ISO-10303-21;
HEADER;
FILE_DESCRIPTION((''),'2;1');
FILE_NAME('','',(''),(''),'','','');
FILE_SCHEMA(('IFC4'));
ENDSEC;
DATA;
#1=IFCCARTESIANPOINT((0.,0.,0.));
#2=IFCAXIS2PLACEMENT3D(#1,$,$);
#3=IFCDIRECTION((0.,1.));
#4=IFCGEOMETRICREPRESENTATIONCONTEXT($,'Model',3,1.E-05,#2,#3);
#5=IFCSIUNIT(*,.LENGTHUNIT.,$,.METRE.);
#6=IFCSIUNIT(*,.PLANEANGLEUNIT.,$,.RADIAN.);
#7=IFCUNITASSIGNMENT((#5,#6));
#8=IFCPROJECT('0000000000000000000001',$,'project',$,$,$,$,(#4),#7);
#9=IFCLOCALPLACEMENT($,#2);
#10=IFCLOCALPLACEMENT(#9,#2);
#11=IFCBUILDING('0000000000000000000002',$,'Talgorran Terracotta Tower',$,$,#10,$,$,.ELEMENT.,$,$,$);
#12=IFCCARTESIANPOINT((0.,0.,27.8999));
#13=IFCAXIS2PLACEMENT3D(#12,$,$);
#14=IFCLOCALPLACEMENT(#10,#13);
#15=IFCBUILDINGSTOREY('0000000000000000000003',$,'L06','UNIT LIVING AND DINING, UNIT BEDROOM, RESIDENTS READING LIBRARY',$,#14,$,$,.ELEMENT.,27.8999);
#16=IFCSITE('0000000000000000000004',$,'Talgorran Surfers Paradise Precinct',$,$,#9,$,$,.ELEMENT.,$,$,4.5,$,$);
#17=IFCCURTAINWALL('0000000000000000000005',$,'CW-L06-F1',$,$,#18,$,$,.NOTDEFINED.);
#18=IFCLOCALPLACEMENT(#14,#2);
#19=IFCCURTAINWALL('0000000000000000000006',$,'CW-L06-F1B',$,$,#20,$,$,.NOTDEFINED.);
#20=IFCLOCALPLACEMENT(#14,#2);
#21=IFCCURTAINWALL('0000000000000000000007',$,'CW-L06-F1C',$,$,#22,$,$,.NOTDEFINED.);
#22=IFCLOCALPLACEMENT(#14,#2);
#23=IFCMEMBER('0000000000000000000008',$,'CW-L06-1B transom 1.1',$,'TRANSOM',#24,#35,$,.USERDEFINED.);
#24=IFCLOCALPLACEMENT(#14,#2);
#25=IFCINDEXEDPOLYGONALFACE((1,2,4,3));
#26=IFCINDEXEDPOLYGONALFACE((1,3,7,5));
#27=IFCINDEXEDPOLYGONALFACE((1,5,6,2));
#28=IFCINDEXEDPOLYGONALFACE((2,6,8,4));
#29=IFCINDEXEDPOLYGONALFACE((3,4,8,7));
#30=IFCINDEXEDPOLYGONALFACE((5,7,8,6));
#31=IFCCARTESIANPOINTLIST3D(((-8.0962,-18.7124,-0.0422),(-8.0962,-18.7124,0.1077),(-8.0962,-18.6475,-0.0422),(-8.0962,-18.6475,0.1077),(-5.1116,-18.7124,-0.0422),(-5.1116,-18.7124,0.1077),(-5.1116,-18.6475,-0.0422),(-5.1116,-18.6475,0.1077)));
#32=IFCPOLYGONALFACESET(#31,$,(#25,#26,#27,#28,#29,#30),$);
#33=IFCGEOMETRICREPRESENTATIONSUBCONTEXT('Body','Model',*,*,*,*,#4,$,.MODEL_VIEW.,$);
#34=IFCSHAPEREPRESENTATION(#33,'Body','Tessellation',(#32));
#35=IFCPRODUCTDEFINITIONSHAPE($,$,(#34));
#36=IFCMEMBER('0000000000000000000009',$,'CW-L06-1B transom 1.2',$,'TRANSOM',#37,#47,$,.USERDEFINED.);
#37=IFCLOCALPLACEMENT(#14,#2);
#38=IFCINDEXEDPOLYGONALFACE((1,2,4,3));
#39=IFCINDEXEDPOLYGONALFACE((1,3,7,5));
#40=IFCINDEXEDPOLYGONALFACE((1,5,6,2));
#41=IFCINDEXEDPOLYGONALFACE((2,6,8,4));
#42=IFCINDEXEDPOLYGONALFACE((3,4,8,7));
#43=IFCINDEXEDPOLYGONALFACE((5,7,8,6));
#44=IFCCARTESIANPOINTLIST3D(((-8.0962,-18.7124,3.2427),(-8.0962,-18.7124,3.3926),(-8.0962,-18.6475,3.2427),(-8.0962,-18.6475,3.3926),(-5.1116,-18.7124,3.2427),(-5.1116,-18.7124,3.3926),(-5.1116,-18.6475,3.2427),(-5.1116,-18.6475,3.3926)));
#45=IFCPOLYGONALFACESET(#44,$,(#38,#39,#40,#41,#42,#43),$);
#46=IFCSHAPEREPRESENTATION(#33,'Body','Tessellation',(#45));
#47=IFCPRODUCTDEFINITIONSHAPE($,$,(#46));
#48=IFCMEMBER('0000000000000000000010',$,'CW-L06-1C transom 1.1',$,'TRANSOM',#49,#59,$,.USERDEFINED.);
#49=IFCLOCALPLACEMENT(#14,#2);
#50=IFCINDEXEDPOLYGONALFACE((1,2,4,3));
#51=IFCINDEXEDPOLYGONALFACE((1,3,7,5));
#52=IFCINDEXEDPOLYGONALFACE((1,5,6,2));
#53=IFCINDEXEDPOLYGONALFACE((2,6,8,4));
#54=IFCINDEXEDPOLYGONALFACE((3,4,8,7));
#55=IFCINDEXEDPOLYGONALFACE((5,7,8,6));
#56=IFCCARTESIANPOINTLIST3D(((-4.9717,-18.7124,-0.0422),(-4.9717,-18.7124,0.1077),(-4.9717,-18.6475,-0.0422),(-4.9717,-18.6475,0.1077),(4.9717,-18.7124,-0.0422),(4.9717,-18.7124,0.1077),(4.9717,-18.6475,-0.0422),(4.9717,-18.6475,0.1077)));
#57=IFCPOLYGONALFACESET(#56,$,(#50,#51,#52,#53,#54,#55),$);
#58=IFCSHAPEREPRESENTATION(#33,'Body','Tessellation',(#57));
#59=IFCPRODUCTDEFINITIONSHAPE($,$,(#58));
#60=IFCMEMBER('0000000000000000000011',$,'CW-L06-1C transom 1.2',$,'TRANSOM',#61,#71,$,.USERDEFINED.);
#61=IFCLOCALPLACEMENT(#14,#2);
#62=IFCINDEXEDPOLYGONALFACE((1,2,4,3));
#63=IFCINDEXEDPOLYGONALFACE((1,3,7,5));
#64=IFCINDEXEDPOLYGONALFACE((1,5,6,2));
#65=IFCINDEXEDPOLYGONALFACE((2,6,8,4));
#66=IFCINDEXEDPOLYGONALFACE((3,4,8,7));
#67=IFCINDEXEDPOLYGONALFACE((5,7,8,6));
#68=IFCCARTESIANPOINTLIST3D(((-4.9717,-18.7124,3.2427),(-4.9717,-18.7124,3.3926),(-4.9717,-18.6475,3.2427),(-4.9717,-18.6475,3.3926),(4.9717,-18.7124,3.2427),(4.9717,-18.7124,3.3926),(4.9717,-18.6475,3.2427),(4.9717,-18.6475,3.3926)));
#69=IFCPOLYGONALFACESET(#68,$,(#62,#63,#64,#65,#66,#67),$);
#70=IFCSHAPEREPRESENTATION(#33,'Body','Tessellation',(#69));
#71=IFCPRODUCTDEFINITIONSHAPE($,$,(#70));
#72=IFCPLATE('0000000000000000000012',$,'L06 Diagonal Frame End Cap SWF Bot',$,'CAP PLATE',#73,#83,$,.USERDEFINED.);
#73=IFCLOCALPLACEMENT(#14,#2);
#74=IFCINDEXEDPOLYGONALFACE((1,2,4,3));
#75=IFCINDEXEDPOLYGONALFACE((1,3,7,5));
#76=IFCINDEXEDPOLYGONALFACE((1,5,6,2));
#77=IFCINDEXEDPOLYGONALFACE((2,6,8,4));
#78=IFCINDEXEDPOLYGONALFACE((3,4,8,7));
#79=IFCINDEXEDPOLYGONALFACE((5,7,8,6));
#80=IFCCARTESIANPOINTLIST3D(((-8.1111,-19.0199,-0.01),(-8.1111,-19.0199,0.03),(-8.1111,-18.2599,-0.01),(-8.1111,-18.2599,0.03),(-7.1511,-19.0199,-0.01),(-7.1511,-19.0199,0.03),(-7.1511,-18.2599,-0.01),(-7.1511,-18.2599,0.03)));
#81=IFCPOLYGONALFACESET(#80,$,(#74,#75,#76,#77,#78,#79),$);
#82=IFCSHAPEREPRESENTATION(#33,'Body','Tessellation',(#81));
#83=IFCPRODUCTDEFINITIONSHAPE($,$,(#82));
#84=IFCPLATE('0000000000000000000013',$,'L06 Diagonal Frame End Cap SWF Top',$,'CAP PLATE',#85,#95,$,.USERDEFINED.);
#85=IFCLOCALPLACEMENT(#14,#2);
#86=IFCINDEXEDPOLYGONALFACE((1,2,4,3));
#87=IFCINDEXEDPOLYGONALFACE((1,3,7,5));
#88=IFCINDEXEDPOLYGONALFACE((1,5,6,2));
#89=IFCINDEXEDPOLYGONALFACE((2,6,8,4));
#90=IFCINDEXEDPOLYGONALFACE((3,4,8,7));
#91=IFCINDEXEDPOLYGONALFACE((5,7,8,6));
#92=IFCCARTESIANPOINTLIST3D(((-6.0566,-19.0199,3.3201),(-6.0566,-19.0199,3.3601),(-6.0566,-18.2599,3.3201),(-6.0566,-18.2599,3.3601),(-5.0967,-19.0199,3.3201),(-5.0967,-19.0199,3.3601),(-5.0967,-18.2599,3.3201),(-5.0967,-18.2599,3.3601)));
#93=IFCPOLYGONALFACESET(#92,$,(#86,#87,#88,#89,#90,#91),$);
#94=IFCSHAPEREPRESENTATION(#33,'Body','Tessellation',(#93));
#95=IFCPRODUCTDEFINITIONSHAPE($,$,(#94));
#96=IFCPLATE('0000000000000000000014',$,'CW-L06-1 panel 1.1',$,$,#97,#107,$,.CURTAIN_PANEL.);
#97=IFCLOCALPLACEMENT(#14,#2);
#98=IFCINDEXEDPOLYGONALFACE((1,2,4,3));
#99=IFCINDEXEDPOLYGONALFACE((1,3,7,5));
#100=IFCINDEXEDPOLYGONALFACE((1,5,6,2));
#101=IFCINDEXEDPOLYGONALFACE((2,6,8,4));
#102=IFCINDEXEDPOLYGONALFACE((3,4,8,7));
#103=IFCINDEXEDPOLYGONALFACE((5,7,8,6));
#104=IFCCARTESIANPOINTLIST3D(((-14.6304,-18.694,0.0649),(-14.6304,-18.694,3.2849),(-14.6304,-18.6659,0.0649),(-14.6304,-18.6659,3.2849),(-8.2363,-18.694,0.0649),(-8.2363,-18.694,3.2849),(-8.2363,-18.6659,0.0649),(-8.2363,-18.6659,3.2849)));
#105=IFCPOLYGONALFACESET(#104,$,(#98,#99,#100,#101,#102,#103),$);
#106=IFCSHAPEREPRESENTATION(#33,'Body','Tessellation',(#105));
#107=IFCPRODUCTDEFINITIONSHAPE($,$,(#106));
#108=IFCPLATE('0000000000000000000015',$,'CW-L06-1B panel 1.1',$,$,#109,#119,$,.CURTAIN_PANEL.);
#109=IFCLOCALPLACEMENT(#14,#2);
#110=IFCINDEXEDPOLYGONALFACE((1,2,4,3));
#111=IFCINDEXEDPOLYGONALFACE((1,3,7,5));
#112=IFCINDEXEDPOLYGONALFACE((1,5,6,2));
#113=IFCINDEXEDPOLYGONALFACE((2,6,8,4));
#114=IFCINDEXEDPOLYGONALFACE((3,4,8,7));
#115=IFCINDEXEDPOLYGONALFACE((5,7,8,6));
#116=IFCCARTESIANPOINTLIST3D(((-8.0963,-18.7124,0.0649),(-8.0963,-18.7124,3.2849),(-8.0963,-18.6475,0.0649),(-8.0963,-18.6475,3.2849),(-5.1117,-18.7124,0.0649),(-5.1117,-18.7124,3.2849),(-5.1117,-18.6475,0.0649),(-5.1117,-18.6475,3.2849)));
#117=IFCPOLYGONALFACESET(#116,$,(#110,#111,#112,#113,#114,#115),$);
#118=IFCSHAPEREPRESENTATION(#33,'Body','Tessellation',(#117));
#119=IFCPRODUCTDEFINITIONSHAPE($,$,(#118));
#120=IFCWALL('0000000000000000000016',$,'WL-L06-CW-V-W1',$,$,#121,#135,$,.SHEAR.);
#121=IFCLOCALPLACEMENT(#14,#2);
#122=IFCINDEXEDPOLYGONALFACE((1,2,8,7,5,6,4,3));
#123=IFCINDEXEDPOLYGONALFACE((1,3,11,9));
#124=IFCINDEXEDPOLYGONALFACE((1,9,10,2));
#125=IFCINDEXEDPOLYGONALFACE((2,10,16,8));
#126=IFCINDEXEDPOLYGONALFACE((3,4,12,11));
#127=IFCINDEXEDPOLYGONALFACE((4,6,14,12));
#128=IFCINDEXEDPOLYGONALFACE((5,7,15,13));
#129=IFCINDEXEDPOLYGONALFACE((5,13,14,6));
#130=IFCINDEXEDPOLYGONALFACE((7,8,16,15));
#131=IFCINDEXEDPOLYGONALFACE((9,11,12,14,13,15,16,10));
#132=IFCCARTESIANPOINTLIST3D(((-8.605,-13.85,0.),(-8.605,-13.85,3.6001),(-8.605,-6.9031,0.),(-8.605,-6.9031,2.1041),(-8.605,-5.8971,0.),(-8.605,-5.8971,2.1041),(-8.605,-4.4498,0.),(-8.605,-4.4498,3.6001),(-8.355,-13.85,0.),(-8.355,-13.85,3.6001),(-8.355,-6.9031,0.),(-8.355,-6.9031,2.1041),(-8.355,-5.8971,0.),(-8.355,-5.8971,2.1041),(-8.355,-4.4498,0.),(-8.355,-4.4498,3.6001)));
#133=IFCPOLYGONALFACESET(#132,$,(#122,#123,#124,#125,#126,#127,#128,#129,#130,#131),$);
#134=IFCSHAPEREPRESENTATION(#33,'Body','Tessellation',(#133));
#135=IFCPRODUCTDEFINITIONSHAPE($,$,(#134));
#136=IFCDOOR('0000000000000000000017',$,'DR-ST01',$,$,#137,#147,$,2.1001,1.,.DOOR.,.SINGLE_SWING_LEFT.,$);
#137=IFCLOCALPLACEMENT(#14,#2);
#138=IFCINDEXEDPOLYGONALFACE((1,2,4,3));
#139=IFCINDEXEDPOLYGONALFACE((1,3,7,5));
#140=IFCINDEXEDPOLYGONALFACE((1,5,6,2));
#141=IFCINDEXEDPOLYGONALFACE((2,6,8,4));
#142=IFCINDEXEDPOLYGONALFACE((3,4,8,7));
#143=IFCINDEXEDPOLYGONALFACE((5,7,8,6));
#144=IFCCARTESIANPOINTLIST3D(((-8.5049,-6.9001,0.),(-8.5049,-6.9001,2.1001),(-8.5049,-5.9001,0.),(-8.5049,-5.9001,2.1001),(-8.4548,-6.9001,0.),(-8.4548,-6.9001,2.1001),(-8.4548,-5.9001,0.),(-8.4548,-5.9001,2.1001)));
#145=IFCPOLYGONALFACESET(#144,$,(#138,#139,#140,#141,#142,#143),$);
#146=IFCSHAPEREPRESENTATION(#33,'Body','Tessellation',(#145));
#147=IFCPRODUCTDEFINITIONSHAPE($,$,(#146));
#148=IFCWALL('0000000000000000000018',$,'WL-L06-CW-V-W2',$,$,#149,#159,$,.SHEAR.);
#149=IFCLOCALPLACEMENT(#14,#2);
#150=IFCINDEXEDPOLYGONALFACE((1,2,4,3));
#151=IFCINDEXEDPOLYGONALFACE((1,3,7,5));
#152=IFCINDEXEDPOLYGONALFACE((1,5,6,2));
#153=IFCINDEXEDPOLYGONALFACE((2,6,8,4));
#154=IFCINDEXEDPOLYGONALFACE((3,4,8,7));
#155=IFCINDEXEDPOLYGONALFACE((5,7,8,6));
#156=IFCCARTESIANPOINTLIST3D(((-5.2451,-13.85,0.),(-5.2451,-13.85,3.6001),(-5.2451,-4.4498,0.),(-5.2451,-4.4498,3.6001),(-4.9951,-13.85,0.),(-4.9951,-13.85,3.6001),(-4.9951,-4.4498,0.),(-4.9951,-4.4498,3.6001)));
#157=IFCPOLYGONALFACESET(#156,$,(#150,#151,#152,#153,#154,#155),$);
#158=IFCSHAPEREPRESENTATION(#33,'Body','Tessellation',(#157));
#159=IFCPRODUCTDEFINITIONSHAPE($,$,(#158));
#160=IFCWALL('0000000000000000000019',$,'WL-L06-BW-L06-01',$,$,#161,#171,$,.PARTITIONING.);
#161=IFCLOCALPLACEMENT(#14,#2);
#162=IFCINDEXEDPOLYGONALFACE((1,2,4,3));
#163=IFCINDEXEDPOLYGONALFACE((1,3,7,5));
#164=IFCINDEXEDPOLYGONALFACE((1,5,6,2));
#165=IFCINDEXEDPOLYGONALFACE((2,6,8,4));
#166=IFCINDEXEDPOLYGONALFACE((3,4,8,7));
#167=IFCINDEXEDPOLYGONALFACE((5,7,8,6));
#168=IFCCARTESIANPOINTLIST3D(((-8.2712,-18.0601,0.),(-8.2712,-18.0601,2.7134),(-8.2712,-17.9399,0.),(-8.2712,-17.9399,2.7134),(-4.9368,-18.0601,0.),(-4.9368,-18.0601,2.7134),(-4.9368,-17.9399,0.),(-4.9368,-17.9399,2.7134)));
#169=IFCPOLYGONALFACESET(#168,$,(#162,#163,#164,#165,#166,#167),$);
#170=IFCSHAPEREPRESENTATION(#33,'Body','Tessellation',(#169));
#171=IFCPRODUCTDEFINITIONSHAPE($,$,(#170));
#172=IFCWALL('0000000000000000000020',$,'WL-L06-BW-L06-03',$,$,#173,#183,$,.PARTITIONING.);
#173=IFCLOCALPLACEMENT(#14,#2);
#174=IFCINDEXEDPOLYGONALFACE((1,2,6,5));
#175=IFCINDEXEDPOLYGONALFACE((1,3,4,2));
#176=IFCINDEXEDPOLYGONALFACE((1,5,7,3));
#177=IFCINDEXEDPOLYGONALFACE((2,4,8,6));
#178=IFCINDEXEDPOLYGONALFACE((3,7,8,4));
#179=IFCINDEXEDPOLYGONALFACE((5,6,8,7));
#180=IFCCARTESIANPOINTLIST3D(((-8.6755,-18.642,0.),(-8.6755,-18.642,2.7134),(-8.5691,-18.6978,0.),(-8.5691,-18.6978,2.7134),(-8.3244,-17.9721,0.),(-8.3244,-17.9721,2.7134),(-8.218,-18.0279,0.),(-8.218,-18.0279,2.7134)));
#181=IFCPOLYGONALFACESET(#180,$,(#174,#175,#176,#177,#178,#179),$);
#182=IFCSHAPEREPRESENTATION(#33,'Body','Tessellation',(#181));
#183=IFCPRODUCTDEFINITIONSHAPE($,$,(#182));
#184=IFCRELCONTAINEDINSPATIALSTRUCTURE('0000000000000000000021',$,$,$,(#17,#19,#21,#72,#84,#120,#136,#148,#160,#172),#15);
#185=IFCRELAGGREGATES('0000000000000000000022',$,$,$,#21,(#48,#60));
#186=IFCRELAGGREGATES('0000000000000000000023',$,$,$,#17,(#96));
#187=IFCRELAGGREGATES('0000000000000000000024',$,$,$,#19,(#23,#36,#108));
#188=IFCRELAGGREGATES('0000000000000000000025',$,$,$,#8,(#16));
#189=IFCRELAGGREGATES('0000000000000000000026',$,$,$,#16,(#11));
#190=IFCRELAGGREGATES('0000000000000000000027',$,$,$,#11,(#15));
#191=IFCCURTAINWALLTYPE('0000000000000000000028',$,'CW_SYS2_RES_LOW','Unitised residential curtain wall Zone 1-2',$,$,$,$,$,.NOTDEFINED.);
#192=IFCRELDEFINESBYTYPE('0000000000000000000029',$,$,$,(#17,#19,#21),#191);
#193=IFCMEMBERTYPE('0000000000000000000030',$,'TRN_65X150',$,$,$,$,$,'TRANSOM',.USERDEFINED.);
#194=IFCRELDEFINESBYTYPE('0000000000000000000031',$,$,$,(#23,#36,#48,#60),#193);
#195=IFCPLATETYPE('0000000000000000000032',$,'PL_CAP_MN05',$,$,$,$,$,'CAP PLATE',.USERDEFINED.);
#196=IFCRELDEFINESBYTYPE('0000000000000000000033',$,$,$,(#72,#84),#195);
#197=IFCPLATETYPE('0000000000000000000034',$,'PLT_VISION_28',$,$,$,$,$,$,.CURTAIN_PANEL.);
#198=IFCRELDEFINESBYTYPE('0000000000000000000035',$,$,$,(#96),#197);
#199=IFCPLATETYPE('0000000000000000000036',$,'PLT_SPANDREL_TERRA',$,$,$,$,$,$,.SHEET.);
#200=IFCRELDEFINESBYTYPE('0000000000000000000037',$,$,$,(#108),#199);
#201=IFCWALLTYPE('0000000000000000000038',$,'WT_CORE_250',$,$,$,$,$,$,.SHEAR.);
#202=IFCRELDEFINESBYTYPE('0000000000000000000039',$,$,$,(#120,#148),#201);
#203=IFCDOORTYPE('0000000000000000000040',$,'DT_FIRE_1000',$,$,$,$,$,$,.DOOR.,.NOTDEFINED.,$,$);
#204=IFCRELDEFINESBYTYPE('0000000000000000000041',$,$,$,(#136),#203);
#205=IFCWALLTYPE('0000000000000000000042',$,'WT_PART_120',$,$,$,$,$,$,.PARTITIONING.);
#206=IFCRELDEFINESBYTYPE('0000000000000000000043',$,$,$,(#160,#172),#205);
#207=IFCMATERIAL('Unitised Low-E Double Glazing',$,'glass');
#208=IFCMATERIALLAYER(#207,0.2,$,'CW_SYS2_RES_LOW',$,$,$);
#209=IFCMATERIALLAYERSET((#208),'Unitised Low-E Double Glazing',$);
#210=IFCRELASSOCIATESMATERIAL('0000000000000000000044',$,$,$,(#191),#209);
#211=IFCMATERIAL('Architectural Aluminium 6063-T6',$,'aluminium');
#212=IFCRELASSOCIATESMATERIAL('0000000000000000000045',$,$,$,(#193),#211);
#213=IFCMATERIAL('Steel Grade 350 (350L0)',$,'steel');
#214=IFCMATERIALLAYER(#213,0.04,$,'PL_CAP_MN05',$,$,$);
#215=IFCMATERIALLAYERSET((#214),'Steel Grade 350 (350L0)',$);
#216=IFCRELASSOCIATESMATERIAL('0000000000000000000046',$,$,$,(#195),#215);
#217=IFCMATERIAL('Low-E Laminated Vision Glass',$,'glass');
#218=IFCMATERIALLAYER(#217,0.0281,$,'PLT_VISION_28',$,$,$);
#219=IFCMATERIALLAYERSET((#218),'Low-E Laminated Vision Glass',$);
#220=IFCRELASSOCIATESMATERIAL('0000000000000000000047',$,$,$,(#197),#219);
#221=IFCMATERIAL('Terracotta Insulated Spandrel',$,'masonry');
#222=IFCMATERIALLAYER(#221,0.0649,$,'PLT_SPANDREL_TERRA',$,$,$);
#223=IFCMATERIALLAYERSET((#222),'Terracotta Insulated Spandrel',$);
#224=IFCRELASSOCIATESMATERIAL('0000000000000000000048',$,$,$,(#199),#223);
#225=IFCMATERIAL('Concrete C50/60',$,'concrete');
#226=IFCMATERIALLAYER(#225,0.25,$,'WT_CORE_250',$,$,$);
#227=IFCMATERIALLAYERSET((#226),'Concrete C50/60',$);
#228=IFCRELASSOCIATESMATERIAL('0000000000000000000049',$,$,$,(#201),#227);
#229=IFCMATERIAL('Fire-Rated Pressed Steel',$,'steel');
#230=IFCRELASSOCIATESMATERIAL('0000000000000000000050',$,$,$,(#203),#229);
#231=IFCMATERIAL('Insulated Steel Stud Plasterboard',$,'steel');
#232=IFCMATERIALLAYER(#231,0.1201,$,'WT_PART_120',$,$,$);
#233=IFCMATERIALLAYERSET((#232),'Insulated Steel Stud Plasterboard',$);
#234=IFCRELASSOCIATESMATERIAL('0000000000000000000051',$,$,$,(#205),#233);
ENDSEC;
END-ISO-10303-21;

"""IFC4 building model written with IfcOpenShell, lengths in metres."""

from ifc_helpers import new_model, si_unit, direction, frame, frame_2d, origin, origin_2d, place, context, subcontext, project, spatial, rectangle, extrude, source, transform, mapped, material, layer, layer_set, material_profile, profile_set, type_object, type_shapes, element, fill, aggregate, save


model = new_model("IFC4")

# Units and contexts
model_context = context("Model", 3, precision=1e-05, world=origin(), true_north=direction((0.0, 1.0)))
body_context = subcontext(model_context, "Body", "Model", "MODEL_VIEW")
ifc_project = project(units=[si_unit("LENGTHUNIT", "METRE"), si_unit("PLANEANGLEUNIT", "RADIAN")], contexts=[model_context])

# Site, building, storey
site_placement = place(None, origin())
site = spatial("IfcSite", under=ifc_project, at=site_placement, Name="Talgorran Surfers Paradise Precinct", CompositionType="ELEMENT", RefElevation=4.5)
building_placement = place(site_placement, origin())
building = spatial("IfcBuilding", under=site, at=building_placement, Name="Talgorran Terracotta Tower", CompositionType="ELEMENT")
storey_placement = place(building_placement, frame((0.0, 0.0, 27.8999)))
storey = spatial("IfcBuildingStorey", under=building, at=storey_placement, Name="L06", Description="UNIT LIVING AND DINING, UNIT BEDROOM, RESIDENTS READING LIBRARY", CompositionType="ELEMENT", Elevation=27.8999)

# Shared definitions
ifc_material_1 = material(Name="Steel Grade 350 (350L0)", Category="steel")

# Curtain wall
ifc_material_2 = material(Name="Unitised Low-E Double Glazing", Category="glass")
ifc_layer_1 = layer(ifc_material_2, 0.2, Name="CW_SYS2_RES_LOW")
ifc_layer_set_1 = layer_set([ifc_layer_1], Name="Unitised Low-E Double Glazing")
curtain_wall_type = type_object("IfcCurtainWallType", Name="CW_SYS2_RES_LOW", Description="Unitised residential curtain wall Zone 1-2", PredefinedType="NOTDEFINED", material=ifc_layer_set_1)
curtain_wall_1_placement = place(storey_placement, origin())
curtain_wall_1 = element("IfcCurtainWall", 1, at=curtain_wall_1_placement, inside=storey, type_object=curtain_wall_type, Name="CW-L06-F1", PredefinedType="NOTDEFINED")
ifc_material_3 = material(Name="Architectural Aluminium 6063-T6", Category="aluminium")

# Curtain wall
curtain_wall_2_placement = place(storey_placement, origin())
curtain_wall_2 = element("IfcCurtainWall", 2, at=curtain_wall_2_placement, inside=storey, type_object=curtain_wall_type, Name="CW-L06-F1B", PredefinedType="NOTDEFINED")

# Curtain wall
curtain_wall_3_placement = place(storey_placement, origin())
curtain_wall_3 = element("IfcCurtainWall", 3, at=curtain_wall_3_placement, inside=storey, type_object=curtain_wall_type, Name="CW-L06-F1C", PredefinedType="NOTDEFINED")

# Members
ifc_material_profile_1 = material_profile(ifc_material_3, rectangle(XDim=0.0649, YDim=0.1499, at=origin_2d()), Name="CWT65X150")
ifc_profile_set_1 = profile_set([ifc_material_profile_1], Name="Architectural Aluminium 6063-T6")
member_type_1 = type_object("IfcMemberType", Name="TRN_65X150", ElementType="TRANSOM", PredefinedType="USERDEFINED", material=ifc_profile_set_1)
member_1_placement = place(storey_placement, frame((-8.0962, -18.6799, 0.0327), z_axis=(1.0, 0.0, 0.0), x_axis=(0.0, 1.0, 0.0)))
member_1 = element("IfcMember", 4, at=member_1_placement, type_object=member_type_1, Name="CW-L06-1B transom 1.1", ObjectType="TRANSOM", PredefinedType="USERDEFINED", context=body_context, shape_type="SweptSolid", body=[
    extrude(rectangle(XDim=0.0649, YDim=0.1499, at=origin_2d()), origin(), (0.0, 0.0, 1.0), 2.9846),
])
member_2_placement = place(storey_placement, frame((-8.0962, -18.6799, 3.3176), z_axis=(1.0, 0.0, 0.0), x_axis=(0.0, 1.0, 0.0)))
member_2 = element("IfcMember", 5, at=member_2_placement, type_object=member_type_1, Name="CW-L06-1B transom 1.2", ObjectType="TRANSOM", PredefinedType="USERDEFINED", context=body_context, shape_type="SweptSolid", body=[
    extrude(rectangle(XDim=0.0649, YDim=0.1499, at=origin_2d()), origin(), (0.0, 0.0, 1.0), 2.9846),
])
member_3_placement = place(storey_placement, frame((-4.9717, -18.6799, 0.0327), z_axis=(1.0, 0.0, 0.0), x_axis=(0.0, 1.0, 0.0)))
member_3 = element("IfcMember", 6, at=member_3_placement, type_object=member_type_1, Name="CW-L06-1C transom 1.1", ObjectType="TRANSOM", PredefinedType="USERDEFINED", context=body_context, shape_type="SweptSolid", body=[
    extrude(rectangle(XDim=0.0649, YDim=0.1499, at=origin_2d()), origin(), (0.0, 0.0, 1.0), 9.9434),
])
member_4_placement = place(storey_placement, frame((-4.9717, -18.6799, 3.3176), z_axis=(1.0, 0.0, 0.0), x_axis=(0.0, 1.0, 0.0)))
member_4 = element("IfcMember", 7, at=member_4_placement, type_object=member_type_1, Name="CW-L06-1C transom 1.2", ObjectType="TRANSOM", PredefinedType="USERDEFINED", context=body_context, shape_type="SweptSolid", body=[
    extrude(rectangle(XDim=0.0649, YDim=0.1499, at=origin_2d()), origin(), (0.0, 0.0, 1.0), 9.9434),
])
aggregate(curtain_wall_3, [member_3, member_4])

# Plates
ifc_layer_2 = layer(ifc_material_1, 0.04, Name="PL_CAP_MN05")
ifc_layer_set_2 = layer_set([ifc_layer_2], Name="Steel Grade 350 (350L0)")
plate_type_1 = type_object("IfcPlateType", Name="PL_CAP_MN05", ElementType="CAP PLATE", PredefinedType="USERDEFINED", material=ifc_layer_set_2)
for number, where, z_axis, x_axis, name in (
    (8, (-7.6311, -18.6399, -0.01), (0.0, 0.0, 1.0), (1.0, 0.0, 0.0), "L06 Diagonal Frame End Cap SWF Bot"),
    (9, (-5.5767, -18.6399, 3.3201), (0.0, 0.0, 1.0), (1.0, 0.0, 0.0), "L06 Diagonal Frame End Cap SWF Top"),
):
    element("IfcPlate", number, at=place(storey_placement, frame(where, z_axis=z_axis, x_axis=x_axis)), inside=storey, type_object=plate_type_1, Name=name, ObjectType="CAP PLATE", PredefinedType="USERDEFINED", context=body_context, shape_type="SweptSolid", body=[
        extrude(rectangle(XDim=0.96, YDim=0.76, at=origin_2d()), origin(), (0.0, 0.0, 1.0), 0.04),
    ])

# Plates
ifc_material_4 = material(Name="Low-E Laminated Vision Glass", Category="glass")
ifc_layer_3 = layer(ifc_material_4, 0.0281, Name="PLT_VISION_28")
ifc_layer_set_3 = layer_set([ifc_layer_3], Name="Low-E Laminated Vision Glass")
plate_type_2 = type_object("IfcPlateType", Name="PLT_VISION_28", PredefinedType="CURTAIN_PANEL", material=ifc_layer_set_3)
shared_shape_1 = source(origin(), body_context, "Body", "SweptSolid", [
    extrude(rectangle(XDim=6.394, YDim=0.0281, at=origin_2d()), origin(), (0.0, 0.0, 1.0), 3.22),
])
type_shapes(plate_type_2, [shared_shape_1])
plate_1_placement = place(storey_placement, frame((-11.4333, -18.6799, 0.0649), z_axis=(0.0, 0.0, 1.0), x_axis=(1.0, 0.0, 0.0)))
plate_1 = element("IfcPlate", 10, at=plate_1_placement, type_object=plate_type_2, Name="CW-L06-1 panel 1.1", PredefinedType="CURTAIN_PANEL", context=body_context, shape_type="MappedRepresentation", body=[
    mapped(shared_shape_1, transform((0.0, 0.0, 0.0), scale=1.0)),
])
aggregate(curtain_wall_1, [plate_1])
ifc_material_5 = material(Name="Terracotta Insulated Spandrel", Category="masonry")
ifc_layer_4 = layer(ifc_material_5, 0.0649, Name="PLT_SPANDREL_TERRA")
ifc_layer_set_4 = layer_set([ifc_layer_4], Name="Terracotta Insulated Spandrel")
plate_type_3 = type_object("IfcPlateType", Name="PLT_SPANDREL_TERRA", PredefinedType="SHEET", material=ifc_layer_set_4)
shared_shape_2 = source(origin(), body_context, "Body", "SweptSolid", [
    extrude(rectangle(XDim=2.9846, YDim=0.0649, at=origin_2d()), origin(), (0.0, 0.0, 1.0), 3.22),
])
type_shapes(plate_type_3, [shared_shape_2])
plate_2_placement = place(storey_placement, frame((-6.604, -18.6799, 0.0649), z_axis=(0.0, 0.0, 1.0), x_axis=(1.0, 0.0, 0.0)))
plate_2 = element("IfcPlate", 11, at=plate_2_placement, type_object=plate_type_3, Name="CW-L06-1B panel 1.1", PredefinedType="CURTAIN_PANEL", context=body_context, shape_type="MappedRepresentation", body=[
    mapped(shared_shape_2, transform((0.0, 0.0, 0.0), scale=1.0)),
])
aggregate(curtain_wall_2, [member_1, member_2, plate_2])

# Wall, opening, door
ifc_material_6 = material(Name="Concrete C50/60", Category="concrete")
ifc_layer_5 = layer(ifc_material_6, 0.25, Name="WT_CORE_250")
ifc_layer_set_5 = layer_set([ifc_layer_5], Name="Concrete C50/60")
wall_type_1 = type_object("IfcWallType", Name="WT_CORE_250", PredefinedType="SHEAR", material=ifc_layer_set_5)
wall_1_placement = place(storey_placement, frame((-8.48, -13.8501, 0.0), z_axis=(0.0, 0.0, 1.0), x_axis=(0.0, 1.0, 0.0)))
wall_1 = element("IfcWall", 12, at=wall_1_placement, inside=storey, type_object=wall_type_1, Name="WL-L06-CW-V-W1", PredefinedType="SHEAR", context=body_context, shape_type="SweptSolid", body=[
    extrude(rectangle(XDim=9.4001, YDim=0.25, at=frame_2d((4.7002, 0.0))), origin(), (0.0, 0.0, 1.0), 3.6001),
])
opening_placement = place(wall_1_placement, frame((6.95, 0.0, 0.0)))
opening = element("IfcOpeningElement", 13, at=opening_placement, cuts=wall_1, PredefinedType="OPENING", context=body_context, shape_type="SweptSolid", body=[
    extrude(rectangle(XDim=1.006, YDim=2.1041, at=frame_2d((0.5, 1.052))), frame((0.0, 0.135, 0.0), z_axis=(0.0, -1.0, 0.0), x_axis=(1.0, 0.0, 0.0)), (0.0, 0.0, 1.0), 0.27),
])
ifc_material_7 = material(Name="Fire-Rated Pressed Steel", Category="steel")
door_type = type_object("IfcDoorType", Name="DT_FIRE_1000", OperationType="NOTDEFINED", PredefinedType="DOOR", material=ifc_material_7)
door_placement = place(opening_placement, origin())
door = element("IfcDoor", 14, at=door_placement, inside=storey, type_object=door_type, Name="DR-ST01", OperationType="SINGLE_SWING_LEFT", OverallHeight=2.1001, OverallWidth=1.0, PredefinedType="DOOR", context=body_context, shape_type="SweptSolid", body=[
    extrude(rectangle(XDim=1.0, YDim=2.1001, at=frame_2d((0.5, 1.05))), frame((0.0, 0.0249, 0.0), z_axis=(0.0, -1.0, 0.0), x_axis=(1.0, 0.0, 0.0)), (0.0, 0.0, 1.0), 0.05),
])
fill(opening, door)

# Walls
wall_2_placement = place(storey_placement, frame((-5.1201, -13.8501, 0.0), z_axis=(0.0, 0.0, 1.0), x_axis=(0.0, 1.0, 0.0)))
element("IfcWall", 15, at=wall_2_placement, inside=storey, type_object=wall_type_1, Name="WL-L06-CW-V-W2", PredefinedType="SHEAR", context=body_context, shape_type="SweptSolid", body=[
    extrude(rectangle(XDim=9.4001, YDim=0.25, at=frame_2d((4.7002, 0.0))), origin(), (0.0, 0.0, 1.0), 3.6001),
])
ifc_material_8 = material(Name="Insulated Steel Stud Plasterboard", Category="steel")
ifc_layer_6 = layer(ifc_material_8, 0.1201, Name="WT_PART_120")
ifc_layer_set_6 = layer_set([ifc_layer_6], Name="Insulated Steel Stud Plasterboard")
wall_type_2 = type_object("IfcWallType", Name="WT_PART_120", PredefinedType="PARTITIONING", material=ifc_layer_set_6)
wall_3_placement = place(storey_placement, frame((-8.2712, -18.0, 0.0), z_axis=(0.0, 0.0, 1.0), x_axis=(1.0, 0.0, 0.0)))
element("IfcWall", 16, at=wall_3_placement, inside=storey, type_object=wall_type_2, Name="WL-L06-BW-L06-01", PredefinedType="PARTITIONING", context=body_context, shape_type="SweptSolid", body=[
    extrude(rectangle(XDim=3.3345, YDim=0.1201, at=frame_2d((1.6672, 0.0))), origin(), (0.0, 0.0, 1.0), 2.7134),
])
wall_4_placement = place(storey_placement, frame((-8.6223, -18.6699, 0.0), z_axis=(0.0, 0.0, 1.0), x_axis=(0.464176, 0.885743, 0.0)))
element("IfcWall", 17, at=wall_4_placement, inside=storey, type_object=wall_type_2, Name="WL-L06-BW-L06-03", PredefinedType="PARTITIONING", context=body_context, shape_type="SweptSolid", body=[
    extrude(rectangle(XDim=0.7563, YDim=0.1201, at=frame_2d((0.3782, 0.0))), origin(), (0.0, 0.0, 1.0), 2.7134),
])

save(model, "model.ifc")
